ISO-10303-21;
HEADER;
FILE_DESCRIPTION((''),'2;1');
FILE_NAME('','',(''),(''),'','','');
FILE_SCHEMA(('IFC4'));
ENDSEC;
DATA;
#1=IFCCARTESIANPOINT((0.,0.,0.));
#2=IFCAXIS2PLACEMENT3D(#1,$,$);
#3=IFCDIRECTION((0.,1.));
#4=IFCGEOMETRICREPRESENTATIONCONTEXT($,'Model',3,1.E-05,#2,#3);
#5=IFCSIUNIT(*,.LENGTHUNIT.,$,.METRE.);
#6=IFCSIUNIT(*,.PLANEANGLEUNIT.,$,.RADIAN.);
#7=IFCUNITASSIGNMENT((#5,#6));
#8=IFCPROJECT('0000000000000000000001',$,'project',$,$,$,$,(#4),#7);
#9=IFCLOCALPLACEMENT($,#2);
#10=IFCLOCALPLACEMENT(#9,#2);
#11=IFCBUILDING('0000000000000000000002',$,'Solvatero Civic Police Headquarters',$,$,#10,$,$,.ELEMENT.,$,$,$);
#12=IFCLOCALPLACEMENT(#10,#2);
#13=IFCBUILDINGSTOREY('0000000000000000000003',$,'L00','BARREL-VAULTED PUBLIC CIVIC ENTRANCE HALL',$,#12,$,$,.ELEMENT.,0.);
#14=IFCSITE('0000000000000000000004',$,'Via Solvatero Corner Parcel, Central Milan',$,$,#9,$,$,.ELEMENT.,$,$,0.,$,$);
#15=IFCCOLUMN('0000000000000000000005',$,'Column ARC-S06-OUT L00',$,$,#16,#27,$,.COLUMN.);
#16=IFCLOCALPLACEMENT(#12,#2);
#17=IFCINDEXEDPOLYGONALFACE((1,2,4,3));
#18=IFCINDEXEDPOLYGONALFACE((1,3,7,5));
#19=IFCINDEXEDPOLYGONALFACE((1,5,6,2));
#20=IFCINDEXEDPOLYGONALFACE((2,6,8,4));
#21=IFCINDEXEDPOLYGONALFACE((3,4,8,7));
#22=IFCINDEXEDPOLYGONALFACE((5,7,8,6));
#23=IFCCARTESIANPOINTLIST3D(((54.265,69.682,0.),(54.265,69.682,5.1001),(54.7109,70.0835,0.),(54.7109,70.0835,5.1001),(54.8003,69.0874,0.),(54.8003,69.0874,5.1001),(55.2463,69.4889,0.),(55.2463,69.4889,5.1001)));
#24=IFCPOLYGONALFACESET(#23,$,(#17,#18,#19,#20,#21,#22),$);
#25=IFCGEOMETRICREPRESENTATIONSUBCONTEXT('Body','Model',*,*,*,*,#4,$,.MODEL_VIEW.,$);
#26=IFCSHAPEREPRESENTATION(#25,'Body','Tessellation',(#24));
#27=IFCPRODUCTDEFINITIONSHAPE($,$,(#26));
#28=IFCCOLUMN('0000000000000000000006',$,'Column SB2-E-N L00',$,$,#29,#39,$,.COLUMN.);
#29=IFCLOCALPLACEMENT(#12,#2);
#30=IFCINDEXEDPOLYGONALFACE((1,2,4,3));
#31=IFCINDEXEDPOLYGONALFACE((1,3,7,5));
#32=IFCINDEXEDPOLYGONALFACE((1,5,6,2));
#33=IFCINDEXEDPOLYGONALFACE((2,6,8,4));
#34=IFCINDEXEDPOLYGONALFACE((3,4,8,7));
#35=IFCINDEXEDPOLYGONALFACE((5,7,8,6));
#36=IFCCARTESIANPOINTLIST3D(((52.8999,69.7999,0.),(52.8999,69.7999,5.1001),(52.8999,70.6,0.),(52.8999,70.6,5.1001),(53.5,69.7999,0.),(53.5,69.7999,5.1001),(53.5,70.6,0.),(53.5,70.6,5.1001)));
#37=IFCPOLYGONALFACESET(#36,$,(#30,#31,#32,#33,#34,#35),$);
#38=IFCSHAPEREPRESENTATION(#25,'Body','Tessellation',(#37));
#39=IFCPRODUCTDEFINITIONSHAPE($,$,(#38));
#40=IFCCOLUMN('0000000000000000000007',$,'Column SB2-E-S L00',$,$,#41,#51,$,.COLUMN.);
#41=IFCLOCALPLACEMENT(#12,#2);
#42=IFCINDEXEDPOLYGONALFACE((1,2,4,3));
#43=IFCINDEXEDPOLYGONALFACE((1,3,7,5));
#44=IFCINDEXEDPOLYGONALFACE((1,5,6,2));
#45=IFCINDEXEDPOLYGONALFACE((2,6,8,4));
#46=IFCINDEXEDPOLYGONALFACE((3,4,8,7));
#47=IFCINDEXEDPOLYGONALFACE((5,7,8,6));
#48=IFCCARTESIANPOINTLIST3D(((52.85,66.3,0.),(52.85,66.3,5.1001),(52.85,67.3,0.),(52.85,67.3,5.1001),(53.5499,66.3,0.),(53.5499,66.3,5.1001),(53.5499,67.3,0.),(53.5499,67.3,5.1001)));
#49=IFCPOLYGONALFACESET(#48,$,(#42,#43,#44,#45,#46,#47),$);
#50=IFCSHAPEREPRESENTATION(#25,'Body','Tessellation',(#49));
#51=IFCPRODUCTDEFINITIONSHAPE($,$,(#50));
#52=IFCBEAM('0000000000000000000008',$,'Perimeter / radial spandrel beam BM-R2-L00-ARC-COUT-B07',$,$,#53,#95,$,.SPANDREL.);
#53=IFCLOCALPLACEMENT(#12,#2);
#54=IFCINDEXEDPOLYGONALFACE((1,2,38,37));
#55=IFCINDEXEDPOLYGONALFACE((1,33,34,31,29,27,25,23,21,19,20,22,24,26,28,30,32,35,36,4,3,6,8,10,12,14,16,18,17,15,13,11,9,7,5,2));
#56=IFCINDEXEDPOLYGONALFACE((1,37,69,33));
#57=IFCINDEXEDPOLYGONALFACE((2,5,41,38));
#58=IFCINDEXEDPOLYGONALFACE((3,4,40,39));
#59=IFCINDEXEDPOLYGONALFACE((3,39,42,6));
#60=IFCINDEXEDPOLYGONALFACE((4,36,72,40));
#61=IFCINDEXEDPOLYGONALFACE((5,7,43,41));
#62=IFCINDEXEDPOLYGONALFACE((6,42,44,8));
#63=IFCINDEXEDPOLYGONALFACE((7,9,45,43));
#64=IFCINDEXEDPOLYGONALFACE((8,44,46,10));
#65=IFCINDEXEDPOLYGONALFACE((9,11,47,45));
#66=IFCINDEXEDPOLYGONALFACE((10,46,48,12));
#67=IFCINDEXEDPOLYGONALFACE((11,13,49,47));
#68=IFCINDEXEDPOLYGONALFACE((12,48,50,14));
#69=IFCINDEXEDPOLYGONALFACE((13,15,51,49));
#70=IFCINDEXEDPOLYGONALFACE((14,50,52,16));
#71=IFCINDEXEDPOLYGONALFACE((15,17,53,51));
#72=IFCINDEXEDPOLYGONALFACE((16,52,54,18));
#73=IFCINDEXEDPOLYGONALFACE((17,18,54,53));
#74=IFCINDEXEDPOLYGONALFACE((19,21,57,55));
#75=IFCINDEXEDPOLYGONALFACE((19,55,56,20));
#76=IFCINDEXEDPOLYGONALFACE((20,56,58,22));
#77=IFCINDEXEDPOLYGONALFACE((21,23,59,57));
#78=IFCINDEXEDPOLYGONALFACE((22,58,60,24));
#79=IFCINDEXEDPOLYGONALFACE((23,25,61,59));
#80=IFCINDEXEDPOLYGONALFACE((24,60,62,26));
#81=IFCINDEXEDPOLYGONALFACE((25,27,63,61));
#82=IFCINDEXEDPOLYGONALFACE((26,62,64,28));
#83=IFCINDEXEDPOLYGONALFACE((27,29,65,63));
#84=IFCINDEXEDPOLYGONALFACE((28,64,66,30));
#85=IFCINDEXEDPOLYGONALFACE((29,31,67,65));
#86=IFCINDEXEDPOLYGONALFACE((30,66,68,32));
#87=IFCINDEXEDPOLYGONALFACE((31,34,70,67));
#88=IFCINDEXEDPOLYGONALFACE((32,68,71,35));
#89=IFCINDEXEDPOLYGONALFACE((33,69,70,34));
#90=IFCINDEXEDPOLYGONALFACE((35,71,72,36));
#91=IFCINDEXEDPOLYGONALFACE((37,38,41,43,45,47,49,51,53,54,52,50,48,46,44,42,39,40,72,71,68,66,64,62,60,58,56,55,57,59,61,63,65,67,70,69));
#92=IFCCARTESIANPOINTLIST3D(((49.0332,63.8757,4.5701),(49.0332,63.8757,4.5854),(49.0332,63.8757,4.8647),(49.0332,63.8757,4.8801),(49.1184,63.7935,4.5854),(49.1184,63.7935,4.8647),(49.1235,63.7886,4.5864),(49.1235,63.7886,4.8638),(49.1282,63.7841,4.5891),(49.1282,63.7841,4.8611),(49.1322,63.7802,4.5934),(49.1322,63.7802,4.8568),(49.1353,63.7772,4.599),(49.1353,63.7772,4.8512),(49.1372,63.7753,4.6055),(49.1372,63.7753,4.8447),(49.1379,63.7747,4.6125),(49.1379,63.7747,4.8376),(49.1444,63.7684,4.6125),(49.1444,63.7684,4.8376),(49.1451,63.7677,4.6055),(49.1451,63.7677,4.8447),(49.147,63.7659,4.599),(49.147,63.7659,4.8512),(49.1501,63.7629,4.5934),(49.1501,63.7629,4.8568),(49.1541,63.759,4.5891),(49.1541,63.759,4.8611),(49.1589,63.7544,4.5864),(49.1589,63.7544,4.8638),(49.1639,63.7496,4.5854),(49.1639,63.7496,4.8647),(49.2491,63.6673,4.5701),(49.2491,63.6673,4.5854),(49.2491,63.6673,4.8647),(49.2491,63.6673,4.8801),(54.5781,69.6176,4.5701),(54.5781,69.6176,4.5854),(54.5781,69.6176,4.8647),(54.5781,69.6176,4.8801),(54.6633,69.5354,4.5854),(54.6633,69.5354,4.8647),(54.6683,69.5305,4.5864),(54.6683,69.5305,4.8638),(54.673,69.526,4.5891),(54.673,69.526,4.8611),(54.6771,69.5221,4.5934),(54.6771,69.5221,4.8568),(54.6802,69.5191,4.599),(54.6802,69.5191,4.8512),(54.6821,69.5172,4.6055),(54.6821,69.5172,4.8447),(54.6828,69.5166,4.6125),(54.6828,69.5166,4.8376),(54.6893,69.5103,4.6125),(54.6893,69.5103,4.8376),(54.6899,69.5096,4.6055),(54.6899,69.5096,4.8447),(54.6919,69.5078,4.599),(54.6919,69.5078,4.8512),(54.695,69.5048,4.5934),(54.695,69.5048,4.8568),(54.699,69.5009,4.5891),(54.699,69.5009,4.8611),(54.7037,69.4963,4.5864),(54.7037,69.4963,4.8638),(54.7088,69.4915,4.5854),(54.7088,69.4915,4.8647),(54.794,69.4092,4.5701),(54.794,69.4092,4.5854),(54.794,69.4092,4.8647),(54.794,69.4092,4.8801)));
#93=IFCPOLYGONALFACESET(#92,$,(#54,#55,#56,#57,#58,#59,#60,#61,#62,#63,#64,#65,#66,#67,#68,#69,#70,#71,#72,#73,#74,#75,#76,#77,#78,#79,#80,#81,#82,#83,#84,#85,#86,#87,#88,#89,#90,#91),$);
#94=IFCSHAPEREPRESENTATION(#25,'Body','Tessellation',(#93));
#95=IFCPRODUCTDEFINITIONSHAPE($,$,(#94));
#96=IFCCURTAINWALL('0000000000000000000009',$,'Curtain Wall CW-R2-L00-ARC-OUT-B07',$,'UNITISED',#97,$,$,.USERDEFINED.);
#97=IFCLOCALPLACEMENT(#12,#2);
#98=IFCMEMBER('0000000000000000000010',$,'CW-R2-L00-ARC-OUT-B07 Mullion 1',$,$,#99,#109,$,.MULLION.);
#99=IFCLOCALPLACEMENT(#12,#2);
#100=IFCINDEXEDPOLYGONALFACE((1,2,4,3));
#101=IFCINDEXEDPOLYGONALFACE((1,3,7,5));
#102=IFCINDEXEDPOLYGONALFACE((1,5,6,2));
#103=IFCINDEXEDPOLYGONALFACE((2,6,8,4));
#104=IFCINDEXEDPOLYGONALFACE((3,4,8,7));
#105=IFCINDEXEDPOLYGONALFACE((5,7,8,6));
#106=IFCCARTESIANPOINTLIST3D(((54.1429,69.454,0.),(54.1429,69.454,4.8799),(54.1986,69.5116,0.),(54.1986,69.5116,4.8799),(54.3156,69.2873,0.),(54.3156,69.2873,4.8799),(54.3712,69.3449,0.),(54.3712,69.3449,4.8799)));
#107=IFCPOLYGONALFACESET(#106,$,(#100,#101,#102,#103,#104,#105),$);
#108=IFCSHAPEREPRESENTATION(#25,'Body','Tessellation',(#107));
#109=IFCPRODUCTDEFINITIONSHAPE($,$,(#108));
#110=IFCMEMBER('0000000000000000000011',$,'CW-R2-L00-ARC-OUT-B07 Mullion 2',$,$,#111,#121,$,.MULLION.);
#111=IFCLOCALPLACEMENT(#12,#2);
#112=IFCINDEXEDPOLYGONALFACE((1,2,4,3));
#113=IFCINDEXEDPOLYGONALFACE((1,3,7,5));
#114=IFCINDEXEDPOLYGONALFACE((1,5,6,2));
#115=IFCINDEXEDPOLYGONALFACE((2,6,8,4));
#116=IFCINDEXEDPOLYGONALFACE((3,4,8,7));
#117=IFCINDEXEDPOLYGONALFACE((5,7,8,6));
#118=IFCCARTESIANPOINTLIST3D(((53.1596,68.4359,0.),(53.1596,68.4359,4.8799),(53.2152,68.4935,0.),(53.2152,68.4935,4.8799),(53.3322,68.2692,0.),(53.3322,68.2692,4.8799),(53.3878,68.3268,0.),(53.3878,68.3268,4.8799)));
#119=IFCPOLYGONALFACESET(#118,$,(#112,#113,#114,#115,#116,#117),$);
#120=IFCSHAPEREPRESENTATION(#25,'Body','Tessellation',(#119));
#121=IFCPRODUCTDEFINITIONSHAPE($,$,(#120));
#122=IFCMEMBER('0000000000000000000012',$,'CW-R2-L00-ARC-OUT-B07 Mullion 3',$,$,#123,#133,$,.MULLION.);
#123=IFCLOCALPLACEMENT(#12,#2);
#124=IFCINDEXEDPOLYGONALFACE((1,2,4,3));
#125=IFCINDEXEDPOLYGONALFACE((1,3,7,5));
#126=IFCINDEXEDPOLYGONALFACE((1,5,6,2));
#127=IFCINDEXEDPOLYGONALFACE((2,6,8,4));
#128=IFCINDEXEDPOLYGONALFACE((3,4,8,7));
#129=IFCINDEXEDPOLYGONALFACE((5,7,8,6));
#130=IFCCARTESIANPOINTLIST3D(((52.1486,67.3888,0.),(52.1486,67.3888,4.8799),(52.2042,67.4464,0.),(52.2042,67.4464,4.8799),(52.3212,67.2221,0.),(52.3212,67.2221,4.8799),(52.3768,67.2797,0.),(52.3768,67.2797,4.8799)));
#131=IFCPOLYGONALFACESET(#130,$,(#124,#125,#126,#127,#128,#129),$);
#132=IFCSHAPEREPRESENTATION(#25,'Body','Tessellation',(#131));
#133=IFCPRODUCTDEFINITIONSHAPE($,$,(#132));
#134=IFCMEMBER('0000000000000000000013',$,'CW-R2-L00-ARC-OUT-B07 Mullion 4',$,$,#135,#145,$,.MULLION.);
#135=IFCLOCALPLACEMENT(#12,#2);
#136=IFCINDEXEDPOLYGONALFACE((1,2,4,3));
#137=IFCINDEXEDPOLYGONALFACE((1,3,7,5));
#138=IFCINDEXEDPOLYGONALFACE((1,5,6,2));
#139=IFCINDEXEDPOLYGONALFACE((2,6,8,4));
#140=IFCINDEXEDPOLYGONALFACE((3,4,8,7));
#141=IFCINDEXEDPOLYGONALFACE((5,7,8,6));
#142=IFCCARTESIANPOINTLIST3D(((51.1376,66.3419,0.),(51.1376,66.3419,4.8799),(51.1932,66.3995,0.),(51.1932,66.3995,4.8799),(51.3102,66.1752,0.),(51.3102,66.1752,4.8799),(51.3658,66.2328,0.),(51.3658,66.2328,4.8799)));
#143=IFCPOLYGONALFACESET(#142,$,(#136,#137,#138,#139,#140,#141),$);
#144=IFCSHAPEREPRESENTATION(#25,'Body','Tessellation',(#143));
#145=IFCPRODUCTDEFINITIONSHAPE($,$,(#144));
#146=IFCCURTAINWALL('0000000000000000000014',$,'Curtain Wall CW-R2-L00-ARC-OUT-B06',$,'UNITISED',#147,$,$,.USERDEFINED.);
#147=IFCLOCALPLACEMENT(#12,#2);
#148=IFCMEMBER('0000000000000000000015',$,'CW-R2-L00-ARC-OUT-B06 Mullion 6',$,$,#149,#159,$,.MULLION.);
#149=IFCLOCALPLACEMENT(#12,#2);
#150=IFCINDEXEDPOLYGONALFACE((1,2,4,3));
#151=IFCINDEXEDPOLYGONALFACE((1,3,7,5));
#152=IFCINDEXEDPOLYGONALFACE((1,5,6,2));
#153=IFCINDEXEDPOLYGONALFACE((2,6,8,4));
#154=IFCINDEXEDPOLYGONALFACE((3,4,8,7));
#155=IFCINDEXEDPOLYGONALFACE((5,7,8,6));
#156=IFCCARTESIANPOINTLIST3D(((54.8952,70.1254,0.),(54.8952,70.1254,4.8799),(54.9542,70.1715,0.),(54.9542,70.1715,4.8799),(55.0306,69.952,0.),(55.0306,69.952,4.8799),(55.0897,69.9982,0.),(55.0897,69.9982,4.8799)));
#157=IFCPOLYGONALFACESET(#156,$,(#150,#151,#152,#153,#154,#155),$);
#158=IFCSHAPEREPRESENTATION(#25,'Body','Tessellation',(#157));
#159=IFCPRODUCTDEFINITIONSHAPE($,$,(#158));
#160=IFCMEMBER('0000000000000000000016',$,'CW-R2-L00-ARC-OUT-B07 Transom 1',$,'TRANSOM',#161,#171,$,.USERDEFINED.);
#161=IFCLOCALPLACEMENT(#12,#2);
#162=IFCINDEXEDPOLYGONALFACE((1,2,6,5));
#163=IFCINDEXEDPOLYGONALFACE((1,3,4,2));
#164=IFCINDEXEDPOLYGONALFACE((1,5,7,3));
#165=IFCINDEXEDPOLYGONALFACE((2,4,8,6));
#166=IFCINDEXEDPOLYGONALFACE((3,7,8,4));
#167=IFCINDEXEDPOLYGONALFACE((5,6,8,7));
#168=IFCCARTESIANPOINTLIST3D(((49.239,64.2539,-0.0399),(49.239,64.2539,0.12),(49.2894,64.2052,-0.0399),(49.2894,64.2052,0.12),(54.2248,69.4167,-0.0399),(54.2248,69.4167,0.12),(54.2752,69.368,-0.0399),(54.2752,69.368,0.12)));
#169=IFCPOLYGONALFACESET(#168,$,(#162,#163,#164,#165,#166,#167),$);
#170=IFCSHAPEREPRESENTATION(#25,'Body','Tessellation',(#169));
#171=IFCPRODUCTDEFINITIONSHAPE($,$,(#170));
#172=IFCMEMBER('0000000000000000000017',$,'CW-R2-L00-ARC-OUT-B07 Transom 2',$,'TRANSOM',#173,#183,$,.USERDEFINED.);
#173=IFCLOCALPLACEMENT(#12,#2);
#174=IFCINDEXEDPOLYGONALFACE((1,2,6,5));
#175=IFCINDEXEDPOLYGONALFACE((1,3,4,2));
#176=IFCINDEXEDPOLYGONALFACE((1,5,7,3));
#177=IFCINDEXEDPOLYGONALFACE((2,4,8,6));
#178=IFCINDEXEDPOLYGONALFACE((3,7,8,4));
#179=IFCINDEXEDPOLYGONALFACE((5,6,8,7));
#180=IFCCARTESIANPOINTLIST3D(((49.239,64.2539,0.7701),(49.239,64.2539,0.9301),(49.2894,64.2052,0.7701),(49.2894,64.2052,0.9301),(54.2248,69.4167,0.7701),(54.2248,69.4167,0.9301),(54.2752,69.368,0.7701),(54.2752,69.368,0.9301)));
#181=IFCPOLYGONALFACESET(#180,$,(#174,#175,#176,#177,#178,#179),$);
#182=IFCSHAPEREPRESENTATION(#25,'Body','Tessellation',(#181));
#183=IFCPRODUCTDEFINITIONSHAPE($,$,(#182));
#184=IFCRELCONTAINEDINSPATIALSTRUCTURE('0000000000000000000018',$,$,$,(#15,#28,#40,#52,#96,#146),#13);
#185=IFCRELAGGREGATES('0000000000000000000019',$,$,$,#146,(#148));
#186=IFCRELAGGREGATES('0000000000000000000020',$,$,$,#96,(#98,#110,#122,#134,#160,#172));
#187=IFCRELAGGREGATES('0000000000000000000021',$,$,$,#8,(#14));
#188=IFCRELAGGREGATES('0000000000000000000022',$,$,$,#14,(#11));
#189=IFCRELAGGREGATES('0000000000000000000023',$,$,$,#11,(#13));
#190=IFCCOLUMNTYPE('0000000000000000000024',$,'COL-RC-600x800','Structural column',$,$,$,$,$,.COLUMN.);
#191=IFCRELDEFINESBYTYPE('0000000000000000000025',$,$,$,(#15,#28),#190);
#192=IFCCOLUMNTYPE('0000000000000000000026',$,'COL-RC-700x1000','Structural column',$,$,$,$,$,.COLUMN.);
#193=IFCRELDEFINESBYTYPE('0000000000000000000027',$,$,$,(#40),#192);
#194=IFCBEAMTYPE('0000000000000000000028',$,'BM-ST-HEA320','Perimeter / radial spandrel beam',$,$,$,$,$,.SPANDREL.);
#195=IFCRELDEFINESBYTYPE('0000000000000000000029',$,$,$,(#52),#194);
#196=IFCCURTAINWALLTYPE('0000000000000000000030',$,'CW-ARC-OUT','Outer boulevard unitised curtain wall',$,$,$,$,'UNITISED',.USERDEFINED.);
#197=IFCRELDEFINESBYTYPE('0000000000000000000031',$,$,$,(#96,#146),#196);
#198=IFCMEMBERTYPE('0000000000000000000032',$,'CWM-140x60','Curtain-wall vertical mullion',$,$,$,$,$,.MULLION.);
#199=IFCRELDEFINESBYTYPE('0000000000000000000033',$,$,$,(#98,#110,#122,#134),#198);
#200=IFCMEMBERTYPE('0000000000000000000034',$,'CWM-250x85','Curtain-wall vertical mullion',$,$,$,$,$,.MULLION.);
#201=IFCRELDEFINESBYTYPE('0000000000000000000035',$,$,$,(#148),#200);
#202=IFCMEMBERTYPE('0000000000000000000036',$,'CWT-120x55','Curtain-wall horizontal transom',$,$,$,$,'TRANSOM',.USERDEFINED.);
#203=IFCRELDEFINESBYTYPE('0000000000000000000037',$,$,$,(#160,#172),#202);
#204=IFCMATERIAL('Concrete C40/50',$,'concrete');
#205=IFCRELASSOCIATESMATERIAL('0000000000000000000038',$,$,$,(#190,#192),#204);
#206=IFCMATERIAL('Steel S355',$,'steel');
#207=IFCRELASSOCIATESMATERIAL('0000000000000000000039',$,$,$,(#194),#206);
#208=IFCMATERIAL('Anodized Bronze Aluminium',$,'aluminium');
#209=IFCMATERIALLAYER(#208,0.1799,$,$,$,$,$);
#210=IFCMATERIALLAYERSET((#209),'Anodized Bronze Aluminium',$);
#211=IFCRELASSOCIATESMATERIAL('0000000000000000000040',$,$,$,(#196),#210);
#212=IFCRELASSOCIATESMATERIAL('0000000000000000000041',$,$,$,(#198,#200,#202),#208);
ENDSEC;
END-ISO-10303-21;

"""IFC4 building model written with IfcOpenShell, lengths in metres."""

from ifc_helpers import new_model, si_unit, direction, frame, origin, origin_2d, place, context, subcontext, project, spatial, rectangle, i_section, extrude, material, layer, layer_set, material_profile, profile_set, type_object, element, aggregate, save


model = new_model("IFC4")

# Units and contexts
model_context = context("Model", 3, precision=1e-05, world=origin(), true_north=direction((0.0, 1.0)))
body_context = subcontext(model_context, "Body", "Model", "MODEL_VIEW")
ifc_project = project(units=[si_unit("LENGTHUNIT", "METRE"), si_unit("PLANEANGLEUNIT", "RADIAN")], contexts=[model_context])

# Site, building, storey
site_placement = place(None, origin())
site = spatial("IfcSite", under=ifc_project, at=site_placement, Name="Via Solvatero Corner Parcel, Central Milan", CompositionType="ELEMENT", RefElevation=0.0)
building_placement = place(site_placement, origin())
building = spatial("IfcBuilding", under=site, at=building_placement, Name="Solvatero Civic Police Headquarters", CompositionType="ELEMENT")
storey_placement = place(building_placement, origin())
storey = spatial("IfcBuildingStorey", under=building, at=storey_placement, Name="L00", Description="BARREL-VAULTED PUBLIC CIVIC ENTRANCE HALL", CompositionType="ELEMENT", Elevation=0.0)

# Columns
ifc_material_1 = material(Name="Concrete C40/50", Category="concrete")
ifc_material_profile_1 = material_profile(ifc_material_1, rectangle(XDim=0.6001, YDim=0.8, at=origin_2d()), Name="RC 600x800")
ifc_profile_set_1 = profile_set([ifc_material_profile_1], Name="Concrete C40/50")
column_type_1 = type_object("IfcColumnType", Name="COL-RC-600x800", Description="Structural column", PredefinedType="COLUMN", material=ifc_profile_set_1)
for number, where, z_axis, x_axis, name in (
    (1, (54.7556, 69.5854, 0.0), (0.0, 0.0, 1.0), (0.743145, 0.669131, 0.0), "Column ARC-S06-OUT L00"),
    (2, (53.2, 70.2, 0.0), (0.0, 0.0, 1.0), (1.0, 0.0, 0.0), "Column SB2-E-N L00"),
):
    element("IfcColumn", number, at=place(storey_placement, frame(where, z_axis=z_axis, x_axis=x_axis)), inside=storey, type_object=column_type_1, Name=name, PredefinedType="COLUMN", context=body_context, shape_type="SweptSolid", body=[
        extrude(rectangle(XDim=0.6001, YDim=0.8, at=origin_2d()), origin(), (0.0, 0.0, 1.0), 5.1001),
    ])
ifc_material_profile_2 = material_profile(ifc_material_1, rectangle(XDim=0.7, YDim=1.0, at=origin_2d()), Name="RC 700x1000")
ifc_profile_set_2 = profile_set([ifc_material_profile_2], Name="Concrete C40/50")
column_type_2 = type_object("IfcColumnType", Name="COL-RC-700x1000", Description="Structural column", PredefinedType="COLUMN", material=ifc_profile_set_2)
column_placement = place(storey_placement, frame((53.2, 66.8, 0.0), z_axis=(0.0, 0.0, 1.0), x_axis=(1.0, 0.0, 0.0)))
element("IfcColumn", 3, at=column_placement, inside=storey, type_object=column_type_2, Name="Column SB2-E-S L00", PredefinedType="COLUMN", context=body_context, shape_type="SweptSolid", body=[
    extrude(rectangle(XDim=0.7, YDim=1.0, at=origin_2d()), origin(), (0.0, 0.0, 1.0), 5.1001),
])

# Beam
ifc_material_2 = material(Name="Steel S355", Category="steel")
ifc_material_profile_3 = material_profile(ifc_material_2, i_section(OverallWidth=0.3, OverallDepth=0.3101, WebThickness=0.009, FlangeThickness=0.0154, FilletRadius=0.0271, at=origin_2d()), Name="HEA 320")
ifc_profile_set_3 = profile_set([ifc_material_profile_3], Name="Steel S355")
beam_type = type_object("IfcBeamType", Name="BM-ST-HEA320", Description="Perimeter / radial spandrel beam", PredefinedType="SPANDREL", material=ifc_profile_set_3)
beam_placement = place(storey_placement, frame((54.686, 69.5134, 4.7251), z_axis=(-0.694658, -0.71934, 0.0), x_axis=(0.71934, -0.694658, 0.0)))
element("IfcBeam", 4, at=beam_placement, inside=storey, type_object=beam_type, Name="Perimeter / radial spandrel beam BM-R2-L00-ARC-COUT-B07", PredefinedType="SPANDREL", context=body_context, shape_type="SweptSolid", body=[
    extrude(i_section(OverallWidth=0.3, OverallDepth=0.3101, WebThickness=0.009, FlangeThickness=0.0154, FilletRadius=0.0271, at=origin_2d()), origin(), (0.0, 0.0, 1.0), 7.9822),
])

# Curtain wall, members
ifc_material_3 = material(Name="Anodized Bronze Aluminium", Category="aluminium")
ifc_layer_1 = layer(ifc_material_3, 0.1799)
ifc_layer_set_1 = layer_set([ifc_layer_1], Name="Anodized Bronze Aluminium")
curtain_wall_type = type_object("IfcCurtainWallType", Name="CW-ARC-OUT", Description="Outer boulevard unitised curtain wall", ElementType="UNITISED", PredefinedType="USERDEFINED", material=ifc_layer_set_1)
curtain_wall_1_placement = place(storey_placement, origin())
curtain_wall_1 = element("IfcCurtainWall", 5, at=curtain_wall_1_placement, inside=storey, type_object=curtain_wall_type, Name="Curtain Wall CW-R2-L00-ARC-OUT-B07", ObjectType="UNITISED", PredefinedType="USERDEFINED")
ifc_material_profile_4 = material_profile(ifc_material_3, rectangle(XDim=0.0801, YDim=0.24, at=origin_2d()), Name="ALU MULLION 80x240")
ifc_profile_set_4 = profile_set([ifc_material_profile_4], Name="Anodized Bronze Aluminium")
member_type_1 = type_object("IfcMemberType", Name="CWM-140x60", Description="Curtain-wall vertical mullion", PredefinedType="MULLION", material=ifc_profile_set_4)
member_1_placement = place(storey_placement, frame((54.2571, 69.3994, 0.0), z_axis=(0.0, 0.0, 1.0), x_axis=(-0.694658, -0.71934, 0.0)))
member_1 = element("IfcMember", 6, at=member_1_placement, type_object=member_type_1, Name="CW-R2-L00-ARC-OUT-B07 Mullion 1", PredefinedType="MULLION", context=body_context, shape_type="SweptSolid", body=[
    extrude(rectangle(XDim=0.0801, YDim=0.24, at=origin_2d()), origin(), (0.0, 0.0, 1.0), 4.8799),
])
member_2_placement = place(storey_placement, frame((53.2737, 68.3813, 0.0), z_axis=(0.0, 0.0, 1.0), x_axis=(-0.694658, -0.71934, 0.0)))
member_2 = element("IfcMember", 7, at=member_2_placement, type_object=member_type_1, Name="CW-R2-L00-ARC-OUT-B07 Mullion 2", PredefinedType="MULLION", context=body_context, shape_type="SweptSolid", body=[
    extrude(rectangle(XDim=0.0801, YDim=0.24, at=origin_2d()), origin(), (0.0, 0.0, 1.0), 4.8799),
])
member_3_placement = place(storey_placement, frame((52.2627, 67.3342, 0.0), z_axis=(0.0, 0.0, 1.0), x_axis=(-0.694658, -0.71934, 0.0)))
member_3 = element("IfcMember", 8, at=member_3_placement, type_object=member_type_1, Name="CW-R2-L00-ARC-OUT-B07 Mullion 3", PredefinedType="MULLION", context=body_context, shape_type="SweptSolid", body=[
    extrude(rectangle(XDim=0.0801, YDim=0.24, at=origin_2d()), origin(), (0.0, 0.0, 1.0), 4.8799),
])
member_4_placement = place(storey_placement, frame((51.2517, 66.2874, 0.0), z_axis=(0.0, 0.0, 1.0), x_axis=(-0.694658, -0.71934, 0.0)))
member_4 = element("IfcMember", 9, at=member_4_placement, type_object=member_type_1, Name="CW-R2-L00-ARC-OUT-B07 Mullion 4", PredefinedType="MULLION", context=body_context, shape_type="SweptSolid", body=[
    extrude(rectangle(XDim=0.0801, YDim=0.24, at=origin_2d()), origin(), (0.0, 0.0, 1.0), 4.8799),
])

# Curtain wall, member
curtain_wall_2_placement = place(storey_placement, origin())
curtain_wall_2 = element("IfcCurtainWall", 10, at=curtain_wall_2_placement, inside=storey, type_object=curtain_wall_type, Name="Curtain Wall CW-R2-L00-ARC-OUT-B06", ObjectType="UNITISED", PredefinedType="USERDEFINED")
ifc_material_profile_5 = material_profile(ifc_material_3, rectangle(XDim=0.075, YDim=0.22, at=origin_2d()), Name="ALU MULLION 75x220")
ifc_profile_set_5 = profile_set([ifc_material_profile_5], Name="Anodized Bronze Aluminium")
member_type_2 = type_object("IfcMemberType", Name="CWM-250x85", Description="Curtain-wall vertical mullion", PredefinedType="MULLION", material=ifc_profile_set_5)
member_5_placement = place(storey_placement, frame((54.9924, 70.0618, 0.0), z_axis=(0.0, 0.0, 1.0), x_axis=(-0.788011, -0.615661, 0.0)))
member_5 = element("IfcMember", 11, at=member_5_placement, type_object=member_type_2, Name="CW-R2-L00-ARC-OUT-B06 Mullion 6", PredefinedType="MULLION", context=body_context, shape_type="SweptSolid", body=[
    extrude(rectangle(XDim=0.075, YDim=0.22, at=origin_2d()), origin(), (0.0, 0.0, 1.0), 4.8799),
])
aggregate(curtain_wall_2, [member_5])

# Members
ifc_material_profile_6 = material_profile(ifc_material_3, rectangle(XDim=0.0701, YDim=0.1599, at=origin_2d()), Name="ALU TRANSOM 70x160")
ifc_profile_set_6 = profile_set([ifc_material_profile_6], Name="Anodized Bronze Aluminium")
member_type_3 = type_object("IfcMemberType", Name="CWT-120x55", Description="Curtain-wall horizontal transom", ElementType="TRANSOM", PredefinedType="USERDEFINED", material=ifc_profile_set_6)
member_6_placement = place(storey_placement, frame((54.25, 69.3923, 0.04), z_axis=(-0.694669, -0.71933, 0.0), x_axis=(0.71933, -0.694669, 0.0)))
member_6 = element("IfcMember", 12, at=member_6_placement, type_object=member_type_3, Name="CW-R2-L00-ARC-OUT-B07 Transom 1", ObjectType="TRANSOM", PredefinedType="USERDEFINED", context=body_context, shape_type="SweptSolid", body=[
    extrude(rectangle(XDim=0.0701, YDim=0.1599, at=origin_2d()), origin(), (0.0, 0.0, 1.0), 7.1772),
])
member_7_placement = place(storey_placement, frame((54.25, 69.3923, 0.8501), z_axis=(-0.694669, -0.71933, 0.0), x_axis=(0.71933, -0.694669, 0.0)))
member_7 = element("IfcMember", 13, at=member_7_placement, type_object=member_type_3, Name="CW-R2-L00-ARC-OUT-B07 Transom 2", ObjectType="TRANSOM", PredefinedType="USERDEFINED", context=body_context, shape_type="SweptSolid", body=[
    extrude(rectangle(XDim=0.0701, YDim=0.1599, at=origin_2d()), origin(), (0.0, 0.0, 1.0), 7.1772),
])

aggregate(curtain_wall_1, [member_1, member_2, member_3, member_4, member_6, member_7])

save(model, "model.ifc")
